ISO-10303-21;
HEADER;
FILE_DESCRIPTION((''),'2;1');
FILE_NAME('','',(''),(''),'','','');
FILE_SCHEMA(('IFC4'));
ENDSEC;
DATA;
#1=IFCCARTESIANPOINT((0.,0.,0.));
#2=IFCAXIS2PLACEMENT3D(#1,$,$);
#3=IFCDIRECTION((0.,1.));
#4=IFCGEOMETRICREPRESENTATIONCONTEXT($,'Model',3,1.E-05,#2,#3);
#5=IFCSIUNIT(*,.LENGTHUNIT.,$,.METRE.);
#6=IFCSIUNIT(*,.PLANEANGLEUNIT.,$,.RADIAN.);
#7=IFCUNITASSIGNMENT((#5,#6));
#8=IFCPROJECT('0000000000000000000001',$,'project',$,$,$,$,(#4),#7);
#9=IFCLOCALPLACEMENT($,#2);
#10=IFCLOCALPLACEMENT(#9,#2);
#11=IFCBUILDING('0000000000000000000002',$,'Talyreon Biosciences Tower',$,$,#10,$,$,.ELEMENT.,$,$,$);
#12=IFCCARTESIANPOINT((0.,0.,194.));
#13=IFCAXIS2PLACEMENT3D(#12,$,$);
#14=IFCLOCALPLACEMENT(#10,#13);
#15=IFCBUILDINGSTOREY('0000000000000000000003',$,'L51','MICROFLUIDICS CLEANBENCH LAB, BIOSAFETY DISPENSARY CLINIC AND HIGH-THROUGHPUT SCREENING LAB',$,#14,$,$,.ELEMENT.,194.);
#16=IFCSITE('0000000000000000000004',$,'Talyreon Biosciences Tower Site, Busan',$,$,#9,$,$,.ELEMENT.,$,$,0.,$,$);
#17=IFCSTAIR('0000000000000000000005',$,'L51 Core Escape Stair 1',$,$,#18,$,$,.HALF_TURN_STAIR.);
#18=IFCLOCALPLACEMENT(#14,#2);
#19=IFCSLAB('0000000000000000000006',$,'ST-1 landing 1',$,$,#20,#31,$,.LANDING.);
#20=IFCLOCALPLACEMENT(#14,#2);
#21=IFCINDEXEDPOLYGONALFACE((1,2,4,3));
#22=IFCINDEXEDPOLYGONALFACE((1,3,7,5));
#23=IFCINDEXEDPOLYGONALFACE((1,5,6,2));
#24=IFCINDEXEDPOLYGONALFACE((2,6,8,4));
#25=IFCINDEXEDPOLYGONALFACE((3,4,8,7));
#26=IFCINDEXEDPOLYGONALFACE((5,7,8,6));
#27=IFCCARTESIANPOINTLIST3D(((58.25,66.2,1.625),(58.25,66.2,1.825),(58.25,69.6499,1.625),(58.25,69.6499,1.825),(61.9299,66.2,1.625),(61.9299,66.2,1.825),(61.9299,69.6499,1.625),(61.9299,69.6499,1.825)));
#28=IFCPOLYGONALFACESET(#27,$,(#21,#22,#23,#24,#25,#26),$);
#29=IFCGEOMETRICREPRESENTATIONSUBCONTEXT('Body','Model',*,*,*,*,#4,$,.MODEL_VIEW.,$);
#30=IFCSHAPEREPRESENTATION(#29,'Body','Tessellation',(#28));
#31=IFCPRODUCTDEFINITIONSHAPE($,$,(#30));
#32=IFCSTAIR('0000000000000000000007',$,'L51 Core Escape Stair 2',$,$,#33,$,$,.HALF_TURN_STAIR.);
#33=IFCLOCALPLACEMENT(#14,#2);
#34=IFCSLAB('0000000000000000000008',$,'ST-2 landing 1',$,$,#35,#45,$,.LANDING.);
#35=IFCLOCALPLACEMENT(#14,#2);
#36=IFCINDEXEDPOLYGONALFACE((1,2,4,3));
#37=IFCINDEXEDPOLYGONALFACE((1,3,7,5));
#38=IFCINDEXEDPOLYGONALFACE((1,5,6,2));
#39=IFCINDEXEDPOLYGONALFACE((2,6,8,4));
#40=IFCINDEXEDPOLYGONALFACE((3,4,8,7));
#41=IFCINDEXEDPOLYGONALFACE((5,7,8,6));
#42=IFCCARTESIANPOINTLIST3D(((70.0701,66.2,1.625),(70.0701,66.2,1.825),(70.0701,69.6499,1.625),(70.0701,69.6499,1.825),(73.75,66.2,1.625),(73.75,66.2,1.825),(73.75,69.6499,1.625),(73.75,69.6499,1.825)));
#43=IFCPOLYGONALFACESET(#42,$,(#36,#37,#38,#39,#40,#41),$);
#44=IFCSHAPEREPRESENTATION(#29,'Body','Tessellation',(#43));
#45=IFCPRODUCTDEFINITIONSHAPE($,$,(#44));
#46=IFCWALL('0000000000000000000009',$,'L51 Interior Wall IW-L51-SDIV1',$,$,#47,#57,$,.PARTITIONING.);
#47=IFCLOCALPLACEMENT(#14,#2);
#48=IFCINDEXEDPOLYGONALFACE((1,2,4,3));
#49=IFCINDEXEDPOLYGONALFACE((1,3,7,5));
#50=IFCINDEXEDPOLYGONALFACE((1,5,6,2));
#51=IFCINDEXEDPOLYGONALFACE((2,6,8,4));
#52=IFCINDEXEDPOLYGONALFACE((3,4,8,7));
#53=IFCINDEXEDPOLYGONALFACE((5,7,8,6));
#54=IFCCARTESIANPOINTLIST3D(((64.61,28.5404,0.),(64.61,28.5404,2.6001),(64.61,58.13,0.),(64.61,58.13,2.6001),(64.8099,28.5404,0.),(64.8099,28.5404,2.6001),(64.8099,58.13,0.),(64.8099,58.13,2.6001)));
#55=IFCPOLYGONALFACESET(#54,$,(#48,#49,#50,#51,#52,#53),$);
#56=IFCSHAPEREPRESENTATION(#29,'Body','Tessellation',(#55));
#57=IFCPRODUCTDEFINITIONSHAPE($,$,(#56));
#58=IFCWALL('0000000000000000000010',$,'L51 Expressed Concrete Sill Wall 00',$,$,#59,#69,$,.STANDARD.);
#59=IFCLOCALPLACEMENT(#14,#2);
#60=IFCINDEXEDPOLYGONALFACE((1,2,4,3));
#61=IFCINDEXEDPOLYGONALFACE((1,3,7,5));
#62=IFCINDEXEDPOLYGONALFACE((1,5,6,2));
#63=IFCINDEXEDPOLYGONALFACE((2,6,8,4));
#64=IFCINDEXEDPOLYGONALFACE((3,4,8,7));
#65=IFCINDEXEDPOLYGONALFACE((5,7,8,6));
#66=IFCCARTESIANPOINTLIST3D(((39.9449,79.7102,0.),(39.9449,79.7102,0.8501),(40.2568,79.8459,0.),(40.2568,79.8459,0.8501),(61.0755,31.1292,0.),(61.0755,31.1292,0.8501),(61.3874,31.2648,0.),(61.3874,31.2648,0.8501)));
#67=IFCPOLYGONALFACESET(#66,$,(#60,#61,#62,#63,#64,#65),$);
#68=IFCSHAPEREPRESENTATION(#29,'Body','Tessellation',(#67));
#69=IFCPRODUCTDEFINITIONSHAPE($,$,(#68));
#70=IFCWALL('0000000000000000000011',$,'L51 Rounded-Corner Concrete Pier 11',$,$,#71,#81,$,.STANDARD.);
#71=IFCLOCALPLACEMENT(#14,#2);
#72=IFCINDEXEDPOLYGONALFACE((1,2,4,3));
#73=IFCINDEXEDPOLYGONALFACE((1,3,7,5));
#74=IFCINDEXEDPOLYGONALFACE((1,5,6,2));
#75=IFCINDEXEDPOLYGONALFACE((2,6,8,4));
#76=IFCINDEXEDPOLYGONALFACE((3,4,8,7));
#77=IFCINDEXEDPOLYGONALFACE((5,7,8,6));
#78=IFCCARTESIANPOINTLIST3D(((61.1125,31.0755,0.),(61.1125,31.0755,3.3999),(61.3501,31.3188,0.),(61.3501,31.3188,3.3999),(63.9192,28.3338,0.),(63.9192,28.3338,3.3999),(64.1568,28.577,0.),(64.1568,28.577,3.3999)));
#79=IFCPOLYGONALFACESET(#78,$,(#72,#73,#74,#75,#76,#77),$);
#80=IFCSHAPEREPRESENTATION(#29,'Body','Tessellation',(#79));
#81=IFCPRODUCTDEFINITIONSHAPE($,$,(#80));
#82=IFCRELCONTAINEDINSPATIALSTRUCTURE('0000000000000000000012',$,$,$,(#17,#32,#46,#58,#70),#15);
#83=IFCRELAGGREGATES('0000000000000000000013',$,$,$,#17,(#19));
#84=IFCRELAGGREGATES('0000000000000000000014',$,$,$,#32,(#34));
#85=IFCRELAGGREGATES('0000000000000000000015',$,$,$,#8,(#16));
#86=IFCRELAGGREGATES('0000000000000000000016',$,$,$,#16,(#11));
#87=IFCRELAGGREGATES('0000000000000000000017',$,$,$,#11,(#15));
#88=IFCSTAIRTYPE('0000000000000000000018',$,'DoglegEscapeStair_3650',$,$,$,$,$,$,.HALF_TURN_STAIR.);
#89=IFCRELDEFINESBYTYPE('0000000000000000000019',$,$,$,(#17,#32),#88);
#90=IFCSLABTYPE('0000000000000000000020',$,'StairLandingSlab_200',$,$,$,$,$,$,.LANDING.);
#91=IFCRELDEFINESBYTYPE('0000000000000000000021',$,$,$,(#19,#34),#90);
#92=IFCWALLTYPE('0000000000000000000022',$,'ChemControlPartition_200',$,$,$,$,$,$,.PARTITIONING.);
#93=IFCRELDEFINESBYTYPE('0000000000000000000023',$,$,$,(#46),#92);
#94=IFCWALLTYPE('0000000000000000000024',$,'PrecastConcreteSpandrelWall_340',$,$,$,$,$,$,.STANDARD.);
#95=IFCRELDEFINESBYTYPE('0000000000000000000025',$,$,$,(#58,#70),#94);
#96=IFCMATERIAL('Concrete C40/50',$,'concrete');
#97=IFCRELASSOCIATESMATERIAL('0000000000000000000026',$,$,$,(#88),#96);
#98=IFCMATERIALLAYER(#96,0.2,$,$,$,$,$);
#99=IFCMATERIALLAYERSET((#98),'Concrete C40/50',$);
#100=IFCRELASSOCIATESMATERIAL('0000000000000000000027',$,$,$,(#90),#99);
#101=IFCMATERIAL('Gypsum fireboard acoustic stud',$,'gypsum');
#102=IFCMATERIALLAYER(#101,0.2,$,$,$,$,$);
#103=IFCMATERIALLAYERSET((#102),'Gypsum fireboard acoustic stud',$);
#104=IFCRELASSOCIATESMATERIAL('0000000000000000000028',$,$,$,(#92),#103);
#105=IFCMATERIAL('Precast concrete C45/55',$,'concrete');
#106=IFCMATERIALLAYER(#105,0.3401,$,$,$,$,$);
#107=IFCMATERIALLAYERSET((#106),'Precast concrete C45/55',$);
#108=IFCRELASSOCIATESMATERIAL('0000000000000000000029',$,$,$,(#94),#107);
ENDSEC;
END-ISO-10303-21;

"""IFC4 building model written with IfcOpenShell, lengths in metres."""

from ifc_helpers import new_model, si_unit, direction, frame, frame_2d, origin, place, context, subcontext, project, spatial, polyline, rectangle, outline, extrude, material, layer, layer_set, type_object, element, aggregate, save


model = new_model("IFC4")

# Units and contexts
model_context = context("Model", 3, precision=1e-05, world=origin(), true_north=direction((0.0, 1.0)))
body_context = subcontext(model_context, "Body", "Model", "MODEL_VIEW")
ifc_project = project(units=[si_unit("LENGTHUNIT", "METRE"), si_unit("PLANEANGLEUNIT", "RADIAN")], contexts=[model_context])

# Site, building, storey
site_placement = place(None, origin())
site = spatial("IfcSite", under=ifc_project, at=site_placement, Name="Talyreon Biosciences Tower Site, Busan", CompositionType="ELEMENT", RefElevation=0.0)
building_placement = place(site_placement, origin())
building = spatial("IfcBuilding", under=site, at=building_placement, Name="Talyreon Biosciences Tower", CompositionType="ELEMENT")
storey_placement = place(building_placement, frame((0.0, 0.0, 194.0)))
storey = spatial("IfcBuildingStorey", under=building, at=storey_placement, Name="L51", Description="MICROFLUIDICS CLEANBENCH LAB, BIOSAFETY DISPENSARY CLINIC AND HIGH-THROUGHPUT SCREENING LAB", CompositionType="ELEMENT", Elevation=194.0)

# Shared definitions
ifc_material_1 = material(Name="Precast concrete C45/55", Category="concrete")

# Shared definitions
ifc_material_2 = material(Name="Concrete C40/50", Category="concrete")

# Stairs, slabs
stair_type = type_object("IfcStairType", Name="DoglegEscapeStair_3650", PredefinedType="HALF_TURN_STAIR", material=ifc_material_2)
stair_1_placement = place(storey_placement, origin())
stair_1 = element("IfcStair", 1, at=stair_1_placement, inside=storey, type_object=stair_type, Name="L51 Core Escape Stair 1", PredefinedType="HALF_TURN_STAIR")
ifc_layer_1 = layer(ifc_material_2, 0.2)
ifc_layer_set_1 = layer_set([ifc_layer_1], Name="Concrete C40/50")
slab_type_1 = type_object("IfcSlabType", Name="StairLandingSlab_200", PredefinedType="LANDING", material=ifc_layer_set_1)
slab_1_placement = place(storey_placement, frame((0.0, 0.0, 1.625)))
slab_1 = element("IfcSlab", 2, at=slab_1_placement, type_object=slab_type_1, Name="ST-1 landing 1", PredefinedType="LANDING", context=body_context, shape_type="SweptSolid", body=[
    extrude(outline(polyline([(61.9299, 66.2), (61.9299, 69.6499), (58.25, 69.6499), (58.25, 66.2), (61.9299, 66.2)])), origin(), (0.0, 0.0, 1.0), 0.2),
])
aggregate(stair_1, [slab_1])
stair_2_placement = place(storey_placement, origin())
stair_2 = element("IfcStair", 3, at=stair_2_placement, inside=storey, type_object=stair_type, Name="L51 Core Escape Stair 2", PredefinedType="HALF_TURN_STAIR")
slab_2_placement = place(storey_placement, frame((0.0, 0.0, 1.625)))
slab_2 = element("IfcSlab", 4, at=slab_2_placement, type_object=slab_type_1, Name="ST-2 landing 1", PredefinedType="LANDING", context=body_context, shape_type="SweptSolid", body=[
    extrude(outline(polyline([(73.75, 66.2), (73.75, 69.6499), (70.0701, 69.6499), (70.0701, 66.2), (73.75, 66.2)])), origin(), (0.0, 0.0, 1.0), 0.2),
])
aggregate(stair_2, [slab_2])

# Walls
ifc_material_3 = material(Name="Gypsum fireboard acoustic stud", Category="gypsum")
ifc_layer_2 = layer(ifc_material_3, 0.2)
ifc_layer_set_2 = layer_set([ifc_layer_2], Name="Gypsum fireboard acoustic stud")
wall_type_1 = type_object("IfcWallType", Name="ChemControlPartition_200", PredefinedType="PARTITIONING", material=ifc_layer_set_2)
wall_1_placement = place(storey_placement, frame((64.71, 28.5403, 0.0), z_axis=(0.0, 0.0, 1.0), x_axis=(0.0, 1.0, 0.0)))
element("IfcWall", 5, at=wall_1_placement, inside=storey, type_object=wall_type_1, Name="L51 Interior Wall IW-L51-SDIV1", PredefinedType="PARTITIONING", context=body_context, shape_type="SweptSolid", body=[
    extrude(rectangle(XDim=29.5896, YDim=0.2, at=frame_2d((14.7949, 0.0))), origin(), (0.0, 0.0, 1.0), 2.6001),
])
ifc_layer_3 = layer(ifc_material_1, 0.3401)
ifc_layer_set_3 = layer_set([ifc_layer_3], Name="Precast concrete C45/55")
wall_type_2 = type_object("IfcWallType", Name="PrecastConcreteSpandrelWall_340", PredefinedType="STANDARD", material=ifc_layer_set_3)
wall_2_placement = place(storey_placement, frame((61.2314, 31.197, 0.0), z_axis=(0.0, 0.0, 1.0), x_axis=(-0.39886, 0.917012, 0.0)))
element("IfcWall", 6, at=wall_2_placement, inside=storey, type_object=wall_type_2, Name="L51 Expressed Concrete Sill Wall 00", PredefinedType="STANDARD", context=body_context, shape_type="SweptSolid", body=[
    extrude(rectangle(XDim=52.9775, YDim=0.3401, at=frame_2d((26.4888, 0.0))), origin(), (0.0, 0.0, 1.0), 0.8501),
])
wall_3_placement = place(storey_placement, frame((64.0381, 28.4553, 0.0), z_axis=(0.0, 0.0, 1.0), x_axis=(-0.715334, 0.698782, 0.0)))
element("IfcWall", 7, at=wall_3_placement, inside=storey, type_object=wall_type_2, Name="L51 Rounded-Corner Concrete Pier 11", PredefinedType="STANDARD", context=body_context, shape_type="SweptSolid", body=[
    extrude(rectangle(XDim=3.9236, YDim=0.3401, at=frame_2d((1.9619, 0.0))), origin(), (0.0, 0.0, 1.0), 3.3999),
])

save(model, "model.ifc")
